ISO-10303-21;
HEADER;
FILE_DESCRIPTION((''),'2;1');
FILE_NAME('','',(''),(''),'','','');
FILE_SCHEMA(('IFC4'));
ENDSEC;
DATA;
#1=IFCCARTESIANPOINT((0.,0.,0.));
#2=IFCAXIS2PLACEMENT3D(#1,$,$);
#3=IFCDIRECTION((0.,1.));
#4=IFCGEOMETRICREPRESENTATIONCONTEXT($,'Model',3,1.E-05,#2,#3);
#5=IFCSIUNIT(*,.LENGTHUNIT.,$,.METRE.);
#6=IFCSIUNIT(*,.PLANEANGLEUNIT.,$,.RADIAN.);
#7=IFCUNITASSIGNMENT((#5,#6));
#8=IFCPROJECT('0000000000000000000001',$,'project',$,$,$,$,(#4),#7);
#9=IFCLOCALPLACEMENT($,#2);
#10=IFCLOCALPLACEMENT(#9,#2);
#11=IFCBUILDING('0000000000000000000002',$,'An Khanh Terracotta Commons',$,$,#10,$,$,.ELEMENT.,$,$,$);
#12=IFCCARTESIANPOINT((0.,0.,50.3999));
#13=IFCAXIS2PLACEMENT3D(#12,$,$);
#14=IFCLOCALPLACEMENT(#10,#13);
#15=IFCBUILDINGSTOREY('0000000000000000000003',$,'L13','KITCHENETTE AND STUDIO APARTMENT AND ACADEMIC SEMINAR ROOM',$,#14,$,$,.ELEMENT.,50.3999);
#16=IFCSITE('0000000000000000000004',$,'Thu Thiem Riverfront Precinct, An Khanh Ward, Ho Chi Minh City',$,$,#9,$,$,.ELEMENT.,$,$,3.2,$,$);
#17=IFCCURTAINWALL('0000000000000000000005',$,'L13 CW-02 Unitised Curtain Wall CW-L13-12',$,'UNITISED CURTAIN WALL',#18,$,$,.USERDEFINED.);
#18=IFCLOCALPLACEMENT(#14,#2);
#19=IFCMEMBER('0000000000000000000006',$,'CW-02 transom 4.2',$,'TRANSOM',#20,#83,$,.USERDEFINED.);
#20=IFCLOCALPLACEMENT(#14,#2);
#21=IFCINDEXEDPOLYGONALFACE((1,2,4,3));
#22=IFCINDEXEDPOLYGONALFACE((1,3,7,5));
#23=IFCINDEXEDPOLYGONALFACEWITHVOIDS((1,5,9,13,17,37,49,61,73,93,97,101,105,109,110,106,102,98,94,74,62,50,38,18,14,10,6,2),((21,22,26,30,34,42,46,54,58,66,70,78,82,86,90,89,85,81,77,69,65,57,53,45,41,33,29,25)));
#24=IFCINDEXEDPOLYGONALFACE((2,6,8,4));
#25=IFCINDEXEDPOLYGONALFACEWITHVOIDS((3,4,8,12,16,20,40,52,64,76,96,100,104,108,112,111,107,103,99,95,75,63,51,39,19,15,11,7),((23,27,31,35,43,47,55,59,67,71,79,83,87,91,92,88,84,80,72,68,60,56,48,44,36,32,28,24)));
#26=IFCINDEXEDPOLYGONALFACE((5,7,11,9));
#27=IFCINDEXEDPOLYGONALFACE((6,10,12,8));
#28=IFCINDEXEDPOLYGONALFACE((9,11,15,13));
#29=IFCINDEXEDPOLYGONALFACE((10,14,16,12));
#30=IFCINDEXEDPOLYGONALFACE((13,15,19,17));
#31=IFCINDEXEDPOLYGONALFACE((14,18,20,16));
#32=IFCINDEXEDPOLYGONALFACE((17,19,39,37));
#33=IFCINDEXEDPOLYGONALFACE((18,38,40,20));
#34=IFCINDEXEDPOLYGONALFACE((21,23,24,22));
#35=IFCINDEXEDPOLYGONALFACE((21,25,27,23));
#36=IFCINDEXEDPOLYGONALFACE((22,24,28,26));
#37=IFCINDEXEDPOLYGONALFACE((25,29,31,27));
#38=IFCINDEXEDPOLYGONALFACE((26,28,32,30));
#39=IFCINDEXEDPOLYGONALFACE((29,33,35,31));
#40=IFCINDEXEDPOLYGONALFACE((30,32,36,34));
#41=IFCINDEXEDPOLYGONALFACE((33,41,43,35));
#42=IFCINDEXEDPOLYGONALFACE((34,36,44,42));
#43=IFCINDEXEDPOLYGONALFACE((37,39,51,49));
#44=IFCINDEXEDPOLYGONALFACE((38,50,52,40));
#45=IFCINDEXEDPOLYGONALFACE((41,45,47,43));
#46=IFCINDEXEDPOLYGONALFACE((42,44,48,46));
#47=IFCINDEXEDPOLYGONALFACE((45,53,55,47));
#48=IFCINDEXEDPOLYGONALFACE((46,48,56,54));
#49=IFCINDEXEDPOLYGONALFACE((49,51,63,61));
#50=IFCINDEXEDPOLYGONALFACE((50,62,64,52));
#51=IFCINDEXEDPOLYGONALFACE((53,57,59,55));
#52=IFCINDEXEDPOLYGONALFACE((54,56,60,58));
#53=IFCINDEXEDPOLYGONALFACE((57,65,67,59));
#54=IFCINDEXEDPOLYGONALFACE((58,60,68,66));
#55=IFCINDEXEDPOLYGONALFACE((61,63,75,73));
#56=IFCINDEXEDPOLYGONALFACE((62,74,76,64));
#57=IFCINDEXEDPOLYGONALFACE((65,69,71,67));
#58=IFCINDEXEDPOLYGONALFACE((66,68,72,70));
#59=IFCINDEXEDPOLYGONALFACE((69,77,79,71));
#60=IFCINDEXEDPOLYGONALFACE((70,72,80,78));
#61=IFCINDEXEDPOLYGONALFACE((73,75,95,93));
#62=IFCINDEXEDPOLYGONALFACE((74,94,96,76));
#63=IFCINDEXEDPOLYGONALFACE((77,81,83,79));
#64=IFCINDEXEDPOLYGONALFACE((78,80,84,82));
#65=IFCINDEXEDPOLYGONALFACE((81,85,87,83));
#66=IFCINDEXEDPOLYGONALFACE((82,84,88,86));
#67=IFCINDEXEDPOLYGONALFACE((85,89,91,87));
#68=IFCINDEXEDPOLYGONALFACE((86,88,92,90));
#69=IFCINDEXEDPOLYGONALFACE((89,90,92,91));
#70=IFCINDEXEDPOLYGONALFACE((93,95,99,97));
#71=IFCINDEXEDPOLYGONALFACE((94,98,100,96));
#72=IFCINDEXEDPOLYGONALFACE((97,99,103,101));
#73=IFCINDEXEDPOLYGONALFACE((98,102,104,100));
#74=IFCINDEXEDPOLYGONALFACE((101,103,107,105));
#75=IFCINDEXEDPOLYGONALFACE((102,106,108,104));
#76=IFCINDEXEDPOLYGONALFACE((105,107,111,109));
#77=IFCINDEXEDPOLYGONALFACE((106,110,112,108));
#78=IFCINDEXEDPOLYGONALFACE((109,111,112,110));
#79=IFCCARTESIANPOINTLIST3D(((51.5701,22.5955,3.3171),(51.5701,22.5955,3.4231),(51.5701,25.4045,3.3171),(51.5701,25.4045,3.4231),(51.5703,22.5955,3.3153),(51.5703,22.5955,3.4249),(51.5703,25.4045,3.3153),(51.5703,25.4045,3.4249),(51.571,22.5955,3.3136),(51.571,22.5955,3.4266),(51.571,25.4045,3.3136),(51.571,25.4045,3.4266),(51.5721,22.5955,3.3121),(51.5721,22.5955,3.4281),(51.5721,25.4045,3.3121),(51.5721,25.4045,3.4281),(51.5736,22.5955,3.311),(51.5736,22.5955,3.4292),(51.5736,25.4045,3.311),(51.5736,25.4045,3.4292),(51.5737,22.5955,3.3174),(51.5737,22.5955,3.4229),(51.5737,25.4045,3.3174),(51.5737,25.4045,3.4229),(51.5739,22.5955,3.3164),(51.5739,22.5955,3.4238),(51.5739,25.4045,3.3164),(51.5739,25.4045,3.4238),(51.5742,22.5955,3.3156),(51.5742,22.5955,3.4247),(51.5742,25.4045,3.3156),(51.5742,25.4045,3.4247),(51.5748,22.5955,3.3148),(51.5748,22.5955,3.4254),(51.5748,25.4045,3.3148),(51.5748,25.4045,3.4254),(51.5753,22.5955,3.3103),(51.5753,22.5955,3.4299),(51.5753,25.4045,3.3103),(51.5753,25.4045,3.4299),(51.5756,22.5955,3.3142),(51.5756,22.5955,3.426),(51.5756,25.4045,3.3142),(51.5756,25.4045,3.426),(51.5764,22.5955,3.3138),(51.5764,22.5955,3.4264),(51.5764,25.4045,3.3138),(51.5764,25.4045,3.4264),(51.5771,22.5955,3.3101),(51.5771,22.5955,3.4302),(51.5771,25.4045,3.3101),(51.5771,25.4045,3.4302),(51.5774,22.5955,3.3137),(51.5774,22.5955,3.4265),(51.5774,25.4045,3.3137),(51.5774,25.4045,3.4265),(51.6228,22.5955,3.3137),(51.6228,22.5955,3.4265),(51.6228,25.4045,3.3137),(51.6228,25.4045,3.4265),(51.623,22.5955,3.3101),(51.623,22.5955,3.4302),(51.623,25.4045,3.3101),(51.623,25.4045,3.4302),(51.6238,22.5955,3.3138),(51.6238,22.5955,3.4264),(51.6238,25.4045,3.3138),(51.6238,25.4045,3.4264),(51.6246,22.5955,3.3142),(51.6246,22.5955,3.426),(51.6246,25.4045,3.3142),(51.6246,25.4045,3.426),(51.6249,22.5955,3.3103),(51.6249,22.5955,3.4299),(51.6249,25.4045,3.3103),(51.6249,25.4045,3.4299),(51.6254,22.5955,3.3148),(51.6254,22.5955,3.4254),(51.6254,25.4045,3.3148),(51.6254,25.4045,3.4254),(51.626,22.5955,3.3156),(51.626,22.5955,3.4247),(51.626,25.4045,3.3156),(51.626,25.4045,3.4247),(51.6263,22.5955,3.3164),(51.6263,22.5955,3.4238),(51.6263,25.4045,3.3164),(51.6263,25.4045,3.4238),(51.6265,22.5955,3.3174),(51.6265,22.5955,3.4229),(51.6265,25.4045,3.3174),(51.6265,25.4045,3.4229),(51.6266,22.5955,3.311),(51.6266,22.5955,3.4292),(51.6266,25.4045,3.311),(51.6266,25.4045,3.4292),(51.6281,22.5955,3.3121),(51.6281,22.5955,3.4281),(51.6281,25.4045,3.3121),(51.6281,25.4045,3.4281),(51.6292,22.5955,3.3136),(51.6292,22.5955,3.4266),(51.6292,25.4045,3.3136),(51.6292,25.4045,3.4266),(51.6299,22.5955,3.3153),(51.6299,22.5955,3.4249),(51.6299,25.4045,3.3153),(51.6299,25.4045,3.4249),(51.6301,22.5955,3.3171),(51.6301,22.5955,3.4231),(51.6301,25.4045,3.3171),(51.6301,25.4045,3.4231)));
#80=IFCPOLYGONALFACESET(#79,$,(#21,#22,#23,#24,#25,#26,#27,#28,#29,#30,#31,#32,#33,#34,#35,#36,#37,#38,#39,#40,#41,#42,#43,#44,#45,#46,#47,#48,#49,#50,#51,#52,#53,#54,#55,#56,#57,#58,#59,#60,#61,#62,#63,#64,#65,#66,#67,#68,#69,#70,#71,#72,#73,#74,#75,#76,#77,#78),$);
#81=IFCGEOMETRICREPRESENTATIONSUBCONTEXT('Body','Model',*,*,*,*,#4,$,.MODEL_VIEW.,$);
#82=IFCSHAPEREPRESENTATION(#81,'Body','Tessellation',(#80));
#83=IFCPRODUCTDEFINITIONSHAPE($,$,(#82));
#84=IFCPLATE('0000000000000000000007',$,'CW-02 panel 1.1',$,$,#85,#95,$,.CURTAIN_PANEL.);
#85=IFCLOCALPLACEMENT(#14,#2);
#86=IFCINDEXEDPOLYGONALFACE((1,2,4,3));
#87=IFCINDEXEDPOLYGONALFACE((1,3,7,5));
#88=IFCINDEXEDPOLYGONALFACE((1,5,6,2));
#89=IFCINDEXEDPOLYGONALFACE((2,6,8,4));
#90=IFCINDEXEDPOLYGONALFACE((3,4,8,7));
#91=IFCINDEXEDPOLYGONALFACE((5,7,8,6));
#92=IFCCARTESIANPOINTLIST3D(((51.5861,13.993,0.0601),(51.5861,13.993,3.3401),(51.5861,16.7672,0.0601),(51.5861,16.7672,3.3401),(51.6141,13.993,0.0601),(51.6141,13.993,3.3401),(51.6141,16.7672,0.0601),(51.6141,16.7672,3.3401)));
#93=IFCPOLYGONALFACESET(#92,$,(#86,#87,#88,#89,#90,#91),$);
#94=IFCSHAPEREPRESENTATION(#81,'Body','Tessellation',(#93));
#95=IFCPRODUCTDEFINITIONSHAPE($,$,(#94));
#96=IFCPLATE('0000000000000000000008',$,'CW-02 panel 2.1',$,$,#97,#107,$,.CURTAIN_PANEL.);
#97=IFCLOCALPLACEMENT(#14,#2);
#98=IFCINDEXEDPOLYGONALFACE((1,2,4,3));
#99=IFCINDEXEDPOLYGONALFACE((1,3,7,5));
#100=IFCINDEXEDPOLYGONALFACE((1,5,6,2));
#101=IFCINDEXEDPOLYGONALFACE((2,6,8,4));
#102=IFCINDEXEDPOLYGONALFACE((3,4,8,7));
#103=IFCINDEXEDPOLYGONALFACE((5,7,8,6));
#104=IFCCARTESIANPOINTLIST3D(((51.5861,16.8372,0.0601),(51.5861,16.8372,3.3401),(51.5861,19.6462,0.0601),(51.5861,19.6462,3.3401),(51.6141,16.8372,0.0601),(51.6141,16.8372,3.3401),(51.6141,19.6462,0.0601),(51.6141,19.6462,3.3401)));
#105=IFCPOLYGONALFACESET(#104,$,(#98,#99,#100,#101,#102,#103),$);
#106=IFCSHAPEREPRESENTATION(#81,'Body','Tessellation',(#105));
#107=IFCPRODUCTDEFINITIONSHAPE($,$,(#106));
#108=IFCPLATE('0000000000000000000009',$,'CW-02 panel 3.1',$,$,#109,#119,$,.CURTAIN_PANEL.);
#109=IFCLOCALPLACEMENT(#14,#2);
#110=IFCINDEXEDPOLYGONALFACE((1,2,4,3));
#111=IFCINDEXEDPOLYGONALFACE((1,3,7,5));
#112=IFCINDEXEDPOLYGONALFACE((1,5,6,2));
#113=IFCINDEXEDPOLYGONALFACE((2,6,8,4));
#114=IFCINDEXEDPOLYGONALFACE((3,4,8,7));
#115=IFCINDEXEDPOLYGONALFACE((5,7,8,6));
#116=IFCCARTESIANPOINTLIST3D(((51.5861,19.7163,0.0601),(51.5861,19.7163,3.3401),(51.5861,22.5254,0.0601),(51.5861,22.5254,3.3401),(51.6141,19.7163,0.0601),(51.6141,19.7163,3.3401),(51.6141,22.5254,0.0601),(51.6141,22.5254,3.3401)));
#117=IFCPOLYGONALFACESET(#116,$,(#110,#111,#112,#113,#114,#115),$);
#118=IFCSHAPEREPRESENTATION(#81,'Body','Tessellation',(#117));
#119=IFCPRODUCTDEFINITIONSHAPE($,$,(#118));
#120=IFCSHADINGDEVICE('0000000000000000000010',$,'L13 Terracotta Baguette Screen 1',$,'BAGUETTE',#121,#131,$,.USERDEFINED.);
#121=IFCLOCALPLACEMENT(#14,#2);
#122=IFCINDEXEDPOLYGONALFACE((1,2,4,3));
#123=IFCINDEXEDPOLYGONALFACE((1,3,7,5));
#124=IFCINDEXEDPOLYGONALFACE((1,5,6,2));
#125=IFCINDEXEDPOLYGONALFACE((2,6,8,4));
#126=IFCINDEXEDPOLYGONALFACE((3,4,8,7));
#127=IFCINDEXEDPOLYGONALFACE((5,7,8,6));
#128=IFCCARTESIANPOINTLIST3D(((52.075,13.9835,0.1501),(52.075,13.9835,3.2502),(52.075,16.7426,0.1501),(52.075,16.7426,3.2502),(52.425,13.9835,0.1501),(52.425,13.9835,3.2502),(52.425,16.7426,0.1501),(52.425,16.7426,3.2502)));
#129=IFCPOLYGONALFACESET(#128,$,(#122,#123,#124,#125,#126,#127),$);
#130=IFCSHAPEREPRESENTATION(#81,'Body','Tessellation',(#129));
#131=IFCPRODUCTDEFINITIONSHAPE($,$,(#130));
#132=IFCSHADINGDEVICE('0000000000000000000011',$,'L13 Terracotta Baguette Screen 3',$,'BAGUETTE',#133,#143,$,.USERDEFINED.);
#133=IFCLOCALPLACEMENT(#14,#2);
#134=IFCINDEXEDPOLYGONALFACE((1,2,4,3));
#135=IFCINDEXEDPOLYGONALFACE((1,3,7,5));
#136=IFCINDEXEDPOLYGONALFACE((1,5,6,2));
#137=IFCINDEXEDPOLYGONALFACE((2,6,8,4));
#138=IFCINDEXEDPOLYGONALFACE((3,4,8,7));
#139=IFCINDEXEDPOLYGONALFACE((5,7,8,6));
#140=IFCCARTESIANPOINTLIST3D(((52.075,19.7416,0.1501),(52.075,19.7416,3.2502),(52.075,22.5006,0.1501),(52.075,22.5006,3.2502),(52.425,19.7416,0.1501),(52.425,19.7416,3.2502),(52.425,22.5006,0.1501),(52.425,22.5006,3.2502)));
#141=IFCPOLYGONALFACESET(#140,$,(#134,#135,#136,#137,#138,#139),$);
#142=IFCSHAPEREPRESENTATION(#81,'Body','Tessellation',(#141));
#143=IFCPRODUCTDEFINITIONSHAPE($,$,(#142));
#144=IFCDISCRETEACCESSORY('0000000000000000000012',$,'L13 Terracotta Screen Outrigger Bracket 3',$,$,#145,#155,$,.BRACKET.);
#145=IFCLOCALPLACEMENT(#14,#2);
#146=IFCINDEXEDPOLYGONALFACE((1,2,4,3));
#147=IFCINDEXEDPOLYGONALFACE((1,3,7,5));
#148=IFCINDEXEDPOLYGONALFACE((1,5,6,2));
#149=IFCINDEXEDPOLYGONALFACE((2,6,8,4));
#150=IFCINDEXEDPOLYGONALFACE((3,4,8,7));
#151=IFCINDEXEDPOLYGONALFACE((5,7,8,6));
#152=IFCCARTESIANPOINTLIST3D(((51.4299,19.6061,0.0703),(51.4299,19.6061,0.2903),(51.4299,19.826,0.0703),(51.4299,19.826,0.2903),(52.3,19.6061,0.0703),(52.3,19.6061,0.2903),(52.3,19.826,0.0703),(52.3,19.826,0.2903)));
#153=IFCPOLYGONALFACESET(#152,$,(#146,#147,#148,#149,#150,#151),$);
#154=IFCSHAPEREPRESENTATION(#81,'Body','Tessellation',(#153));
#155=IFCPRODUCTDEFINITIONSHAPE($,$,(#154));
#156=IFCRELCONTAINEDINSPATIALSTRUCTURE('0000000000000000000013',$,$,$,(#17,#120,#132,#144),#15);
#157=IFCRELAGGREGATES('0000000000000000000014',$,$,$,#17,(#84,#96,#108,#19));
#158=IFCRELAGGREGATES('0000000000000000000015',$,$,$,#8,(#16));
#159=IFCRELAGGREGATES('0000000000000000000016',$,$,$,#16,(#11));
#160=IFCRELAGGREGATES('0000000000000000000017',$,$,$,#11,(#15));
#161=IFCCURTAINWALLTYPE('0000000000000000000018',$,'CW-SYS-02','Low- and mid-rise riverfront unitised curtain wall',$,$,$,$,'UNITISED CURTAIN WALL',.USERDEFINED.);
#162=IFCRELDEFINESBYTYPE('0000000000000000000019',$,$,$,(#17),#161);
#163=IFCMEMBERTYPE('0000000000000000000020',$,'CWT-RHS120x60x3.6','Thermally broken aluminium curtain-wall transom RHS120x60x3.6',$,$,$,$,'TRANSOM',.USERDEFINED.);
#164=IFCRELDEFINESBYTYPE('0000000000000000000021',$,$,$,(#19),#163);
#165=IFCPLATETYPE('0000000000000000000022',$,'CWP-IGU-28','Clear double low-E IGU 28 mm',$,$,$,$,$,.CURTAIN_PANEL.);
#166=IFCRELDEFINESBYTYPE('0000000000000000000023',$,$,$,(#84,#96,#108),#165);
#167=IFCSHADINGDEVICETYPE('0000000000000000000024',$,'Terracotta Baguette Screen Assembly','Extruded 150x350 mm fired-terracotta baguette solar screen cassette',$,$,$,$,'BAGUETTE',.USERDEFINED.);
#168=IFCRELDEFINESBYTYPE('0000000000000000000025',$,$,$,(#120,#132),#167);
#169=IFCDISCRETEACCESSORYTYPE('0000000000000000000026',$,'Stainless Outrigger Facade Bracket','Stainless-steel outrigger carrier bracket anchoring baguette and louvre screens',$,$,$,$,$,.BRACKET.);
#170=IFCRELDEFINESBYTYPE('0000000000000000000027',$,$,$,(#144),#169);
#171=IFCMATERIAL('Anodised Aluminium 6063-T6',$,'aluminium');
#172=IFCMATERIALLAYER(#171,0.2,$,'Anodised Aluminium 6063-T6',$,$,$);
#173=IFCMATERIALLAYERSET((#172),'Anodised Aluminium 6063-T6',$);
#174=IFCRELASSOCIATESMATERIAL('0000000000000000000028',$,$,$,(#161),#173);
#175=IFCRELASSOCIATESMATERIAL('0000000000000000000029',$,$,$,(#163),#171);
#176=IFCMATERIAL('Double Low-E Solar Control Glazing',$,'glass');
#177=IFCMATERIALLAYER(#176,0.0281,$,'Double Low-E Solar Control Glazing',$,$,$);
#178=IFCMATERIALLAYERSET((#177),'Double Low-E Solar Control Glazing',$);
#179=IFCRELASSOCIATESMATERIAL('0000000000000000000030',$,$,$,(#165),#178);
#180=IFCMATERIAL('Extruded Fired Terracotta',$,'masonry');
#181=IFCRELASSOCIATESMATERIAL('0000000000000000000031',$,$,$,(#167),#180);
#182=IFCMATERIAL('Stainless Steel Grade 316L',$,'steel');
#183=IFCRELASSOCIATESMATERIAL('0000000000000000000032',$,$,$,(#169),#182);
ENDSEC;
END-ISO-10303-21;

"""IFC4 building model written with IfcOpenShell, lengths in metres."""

from ifc_helpers import new_model, si_unit, direction, frame, origin, origin_2d, place, context, subcontext, project, spatial, rectangle, hollow_rectangle, extrude, material, layer, layer_set, material_profile, profile_set, type_object, element, aggregate, save


model = new_model("IFC4")

# Units and contexts
model_context = context("Model", 3, precision=1e-05, world=origin(), true_north=direction((0.0, 1.0)))
body_context = subcontext(model_context, "Body", "Model", "MODEL_VIEW")
ifc_project = project(units=[si_unit("LENGTHUNIT", "METRE"), si_unit("PLANEANGLEUNIT", "RADIAN")], contexts=[model_context])

# Site, building, storey
site_placement = place(None, origin())
site = spatial("IfcSite", under=ifc_project, at=site_placement, Name="Thu Thiem Riverfront Precinct, An Khanh Ward, Ho Chi Minh City", CompositionType="ELEMENT", RefElevation=3.2)
building_placement = place(site_placement, origin())
building = spatial("IfcBuilding", under=site, at=building_placement, Name="An Khanh Terracotta Commons", CompositionType="ELEMENT")
storey_placement = place(building_placement, frame((0.0, 0.0, 50.3999)))
storey = spatial("IfcBuildingStorey", under=building, at=storey_placement, Name="L13", Description="KITCHENETTE AND STUDIO APARTMENT AND ACADEMIC SEMINAR ROOM", CompositionType="ELEMENT", Elevation=50.3999)

# Curtain wall, member, plates
ifc_material_1 = material(Name="Anodised Aluminium 6063-T6", Category="aluminium")
ifc_layer_1 = layer(ifc_material_1, 0.2, Name="Anodised Aluminium 6063-T6")
ifc_layer_set_1 = layer_set([ifc_layer_1], Name="Anodised Aluminium 6063-T6")
curtain_wall_type = type_object("IfcCurtainWallType", Name="CW-SYS-02", Description="Low- and mid-rise riverfront unitised curtain wall", ElementType="UNITISED CURTAIN WALL", PredefinedType="USERDEFINED", material=ifc_layer_set_1)
curtain_wall_placement = place(storey_placement, origin())
curtain_wall = element("IfcCurtainWall", 1, at=curtain_wall_placement, inside=storey, type_object=curtain_wall_type, Name="L13 CW-02 Unitised Curtain Wall CW-L13-12", ObjectType="UNITISED CURTAIN WALL", PredefinedType="USERDEFINED")
ifc_material_profile_1 = material_profile(ifc_material_1, hollow_rectangle(XDim=0.0601, YDim=0.1201, WallThickness=0.0037, InnerFilletRadius=0.0037, OuterFilletRadius=0.0071, at=origin_2d()), Name="RHS120x60x3.6")
ifc_profile_set_1 = profile_set([ifc_material_profile_1], Name="Anodised Aluminium 6063-T6")
member_type_1 = type_object("IfcMemberType", Name="CWT-RHS120x60x3.6", Description="Thermally broken aluminium curtain-wall transom RHS120x60x3.6", ElementType="TRANSOM", PredefinedType="USERDEFINED", material=ifc_profile_set_1)
member_1_placement = place(storey_placement, frame((51.6001, 22.5955, 3.3701), z_axis=(0.0, 1.0, 0.0), x_axis=(-1.0, 0.0, 0.0)))
member_1 = element("IfcMember", 2, at=member_1_placement, type_object=member_type_1, Name="CW-02 transom 4.2", ObjectType="TRANSOM", PredefinedType="USERDEFINED", context=body_context, shape_type="SweptSolid", body=[
    extrude(hollow_rectangle(XDim=0.0601, YDim=0.1201, WallThickness=0.0037, InnerFilletRadius=0.0037, OuterFilletRadius=0.0071, at=origin_2d()), origin(), (0.0, 0.0, 1.0), 2.8091),
])
ifc_material_2 = material(Name="Double Low-E Solar Control Glazing", Category="glass")
ifc_layer_2 = layer(ifc_material_2, 0.0281, Name="Double Low-E Solar Control Glazing")
ifc_layer_set_2 = layer_set([ifc_layer_2], Name="Double Low-E Solar Control Glazing")
plate_type = type_object("IfcPlateType", Name="CWP-IGU-28", Description="Clear double low-E IGU 28 mm", PredefinedType="CURTAIN_PANEL", material=ifc_layer_set_2)
plate_1_placement = place(storey_placement, frame((51.6001, 15.3801, 0.0601), z_axis=(0.0, 0.0, 1.0), x_axis=(0.0, 1.0, 0.0)))
plate_1 = element("IfcPlate", 3, at=plate_1_placement, type_object=plate_type, Name="CW-02 panel 1.1", PredefinedType="CURTAIN_PANEL", context=body_context, shape_type="SweptSolid", body=[
    extrude(rectangle(XDim=2.7742, YDim=0.0281, at=origin_2d()), origin(), (0.0, 0.0, 1.0), 3.28),
])
plate_2_placement = place(storey_placement, frame((51.6001, 18.2417, 0.0601), z_axis=(0.0, 0.0, 1.0), x_axis=(0.0, 1.0, 0.0)))
plate_2 = element("IfcPlate", 4, at=plate_2_placement, type_object=plate_type, Name="CW-02 panel 2.1", PredefinedType="CURTAIN_PANEL", context=body_context, shape_type="SweptSolid", body=[
    extrude(rectangle(XDim=2.8091, YDim=0.0281, at=origin_2d()), origin(), (0.0, 0.0, 1.0), 3.28),
])
plate_3_placement = place(storey_placement, frame((51.6001, 21.1208, 0.0601), z_axis=(0.0, 0.0, 1.0), x_axis=(0.0, 1.0, 0.0)))
plate_3 = element("IfcPlate", 5, at=plate_3_placement, type_object=plate_type, Name="CW-02 panel 3.1", PredefinedType="CURTAIN_PANEL", context=body_context, shape_type="SweptSolid", body=[
    extrude(rectangle(XDim=2.8091, YDim=0.0281, at=origin_2d()), origin(), (0.0, 0.0, 1.0), 3.28),
])
aggregate(curtain_wall, [plate_1, plate_2, plate_3, member_1])

# Shading devices
ifc_material_3 = material(Name="Extruded Fired Terracotta", Category="masonry")
shading_device_type = type_object("IfcShadingDeviceType", Name="Terracotta Baguette Screen Assembly", Description="Extruded 150x350 mm fired-terracotta baguette solar screen cassette", ElementType="BAGUETTE", PredefinedType="USERDEFINED", material=ifc_material_3)
for number, where, z_axis, x_axis, name in (
    (6, (52.25, 15.363, 0.1501), (0.0, 0.0, 1.0), (0.0, 1.0, 0.0), "L13 Terracotta Baguette Screen 1"),
    (7, (52.25, 21.1211, 0.1501), (0.0, 0.0, 1.0), (0.0, 1.0, 0.0), "L13 Terracotta Baguette Screen 3"),
):
    element("IfcShadingDevice", number, at=place(storey_placement, frame(where, z_axis=z_axis, x_axis=x_axis)), inside=storey, type_object=shading_device_type, Name=name, ObjectType="BAGUETTE", PredefinedType="USERDEFINED", context=body_context, shape_type="SweptSolid", body=[
        extrude(rectangle(XDim=2.759, YDim=0.3501, at=origin_2d()), origin(), (0.0, 0.0, 1.0), 3.1001),
    ])

# Discrete accessory
ifc_material_4 = material(Name="Stainless Steel Grade 316L", Category="steel")
discrete_accessory_type = type_object("IfcDiscreteAccessoryType", Name="Stainless Outrigger Facade Bracket", Description="Stainless-steel outrigger carrier bracket anchoring baguette and louvre screens", PredefinedType="BRACKET", material=ifc_material_4)
discrete_accessory_placement = place(storey_placement, frame((51.865, 19.7161, 0.0703), z_axis=(0.0, 0.0, 1.0), x_axis=(0.0, 1.0, 0.0)))
element("IfcDiscreteAccessory", 8, at=discrete_accessory_placement, inside=storey, type_object=discrete_accessory_type, Name="L13 Terracotta Screen Outrigger Bracket 3", PredefinedType="BRACKET", context=body_context, shape_type="SweptSolid", body=[
    extrude(rectangle(XDim=0.22, YDim=0.8701, at=origin_2d()), origin(), (0.0, 0.0, 1.0), 0.22),
])

save(model, "model.ifc")
